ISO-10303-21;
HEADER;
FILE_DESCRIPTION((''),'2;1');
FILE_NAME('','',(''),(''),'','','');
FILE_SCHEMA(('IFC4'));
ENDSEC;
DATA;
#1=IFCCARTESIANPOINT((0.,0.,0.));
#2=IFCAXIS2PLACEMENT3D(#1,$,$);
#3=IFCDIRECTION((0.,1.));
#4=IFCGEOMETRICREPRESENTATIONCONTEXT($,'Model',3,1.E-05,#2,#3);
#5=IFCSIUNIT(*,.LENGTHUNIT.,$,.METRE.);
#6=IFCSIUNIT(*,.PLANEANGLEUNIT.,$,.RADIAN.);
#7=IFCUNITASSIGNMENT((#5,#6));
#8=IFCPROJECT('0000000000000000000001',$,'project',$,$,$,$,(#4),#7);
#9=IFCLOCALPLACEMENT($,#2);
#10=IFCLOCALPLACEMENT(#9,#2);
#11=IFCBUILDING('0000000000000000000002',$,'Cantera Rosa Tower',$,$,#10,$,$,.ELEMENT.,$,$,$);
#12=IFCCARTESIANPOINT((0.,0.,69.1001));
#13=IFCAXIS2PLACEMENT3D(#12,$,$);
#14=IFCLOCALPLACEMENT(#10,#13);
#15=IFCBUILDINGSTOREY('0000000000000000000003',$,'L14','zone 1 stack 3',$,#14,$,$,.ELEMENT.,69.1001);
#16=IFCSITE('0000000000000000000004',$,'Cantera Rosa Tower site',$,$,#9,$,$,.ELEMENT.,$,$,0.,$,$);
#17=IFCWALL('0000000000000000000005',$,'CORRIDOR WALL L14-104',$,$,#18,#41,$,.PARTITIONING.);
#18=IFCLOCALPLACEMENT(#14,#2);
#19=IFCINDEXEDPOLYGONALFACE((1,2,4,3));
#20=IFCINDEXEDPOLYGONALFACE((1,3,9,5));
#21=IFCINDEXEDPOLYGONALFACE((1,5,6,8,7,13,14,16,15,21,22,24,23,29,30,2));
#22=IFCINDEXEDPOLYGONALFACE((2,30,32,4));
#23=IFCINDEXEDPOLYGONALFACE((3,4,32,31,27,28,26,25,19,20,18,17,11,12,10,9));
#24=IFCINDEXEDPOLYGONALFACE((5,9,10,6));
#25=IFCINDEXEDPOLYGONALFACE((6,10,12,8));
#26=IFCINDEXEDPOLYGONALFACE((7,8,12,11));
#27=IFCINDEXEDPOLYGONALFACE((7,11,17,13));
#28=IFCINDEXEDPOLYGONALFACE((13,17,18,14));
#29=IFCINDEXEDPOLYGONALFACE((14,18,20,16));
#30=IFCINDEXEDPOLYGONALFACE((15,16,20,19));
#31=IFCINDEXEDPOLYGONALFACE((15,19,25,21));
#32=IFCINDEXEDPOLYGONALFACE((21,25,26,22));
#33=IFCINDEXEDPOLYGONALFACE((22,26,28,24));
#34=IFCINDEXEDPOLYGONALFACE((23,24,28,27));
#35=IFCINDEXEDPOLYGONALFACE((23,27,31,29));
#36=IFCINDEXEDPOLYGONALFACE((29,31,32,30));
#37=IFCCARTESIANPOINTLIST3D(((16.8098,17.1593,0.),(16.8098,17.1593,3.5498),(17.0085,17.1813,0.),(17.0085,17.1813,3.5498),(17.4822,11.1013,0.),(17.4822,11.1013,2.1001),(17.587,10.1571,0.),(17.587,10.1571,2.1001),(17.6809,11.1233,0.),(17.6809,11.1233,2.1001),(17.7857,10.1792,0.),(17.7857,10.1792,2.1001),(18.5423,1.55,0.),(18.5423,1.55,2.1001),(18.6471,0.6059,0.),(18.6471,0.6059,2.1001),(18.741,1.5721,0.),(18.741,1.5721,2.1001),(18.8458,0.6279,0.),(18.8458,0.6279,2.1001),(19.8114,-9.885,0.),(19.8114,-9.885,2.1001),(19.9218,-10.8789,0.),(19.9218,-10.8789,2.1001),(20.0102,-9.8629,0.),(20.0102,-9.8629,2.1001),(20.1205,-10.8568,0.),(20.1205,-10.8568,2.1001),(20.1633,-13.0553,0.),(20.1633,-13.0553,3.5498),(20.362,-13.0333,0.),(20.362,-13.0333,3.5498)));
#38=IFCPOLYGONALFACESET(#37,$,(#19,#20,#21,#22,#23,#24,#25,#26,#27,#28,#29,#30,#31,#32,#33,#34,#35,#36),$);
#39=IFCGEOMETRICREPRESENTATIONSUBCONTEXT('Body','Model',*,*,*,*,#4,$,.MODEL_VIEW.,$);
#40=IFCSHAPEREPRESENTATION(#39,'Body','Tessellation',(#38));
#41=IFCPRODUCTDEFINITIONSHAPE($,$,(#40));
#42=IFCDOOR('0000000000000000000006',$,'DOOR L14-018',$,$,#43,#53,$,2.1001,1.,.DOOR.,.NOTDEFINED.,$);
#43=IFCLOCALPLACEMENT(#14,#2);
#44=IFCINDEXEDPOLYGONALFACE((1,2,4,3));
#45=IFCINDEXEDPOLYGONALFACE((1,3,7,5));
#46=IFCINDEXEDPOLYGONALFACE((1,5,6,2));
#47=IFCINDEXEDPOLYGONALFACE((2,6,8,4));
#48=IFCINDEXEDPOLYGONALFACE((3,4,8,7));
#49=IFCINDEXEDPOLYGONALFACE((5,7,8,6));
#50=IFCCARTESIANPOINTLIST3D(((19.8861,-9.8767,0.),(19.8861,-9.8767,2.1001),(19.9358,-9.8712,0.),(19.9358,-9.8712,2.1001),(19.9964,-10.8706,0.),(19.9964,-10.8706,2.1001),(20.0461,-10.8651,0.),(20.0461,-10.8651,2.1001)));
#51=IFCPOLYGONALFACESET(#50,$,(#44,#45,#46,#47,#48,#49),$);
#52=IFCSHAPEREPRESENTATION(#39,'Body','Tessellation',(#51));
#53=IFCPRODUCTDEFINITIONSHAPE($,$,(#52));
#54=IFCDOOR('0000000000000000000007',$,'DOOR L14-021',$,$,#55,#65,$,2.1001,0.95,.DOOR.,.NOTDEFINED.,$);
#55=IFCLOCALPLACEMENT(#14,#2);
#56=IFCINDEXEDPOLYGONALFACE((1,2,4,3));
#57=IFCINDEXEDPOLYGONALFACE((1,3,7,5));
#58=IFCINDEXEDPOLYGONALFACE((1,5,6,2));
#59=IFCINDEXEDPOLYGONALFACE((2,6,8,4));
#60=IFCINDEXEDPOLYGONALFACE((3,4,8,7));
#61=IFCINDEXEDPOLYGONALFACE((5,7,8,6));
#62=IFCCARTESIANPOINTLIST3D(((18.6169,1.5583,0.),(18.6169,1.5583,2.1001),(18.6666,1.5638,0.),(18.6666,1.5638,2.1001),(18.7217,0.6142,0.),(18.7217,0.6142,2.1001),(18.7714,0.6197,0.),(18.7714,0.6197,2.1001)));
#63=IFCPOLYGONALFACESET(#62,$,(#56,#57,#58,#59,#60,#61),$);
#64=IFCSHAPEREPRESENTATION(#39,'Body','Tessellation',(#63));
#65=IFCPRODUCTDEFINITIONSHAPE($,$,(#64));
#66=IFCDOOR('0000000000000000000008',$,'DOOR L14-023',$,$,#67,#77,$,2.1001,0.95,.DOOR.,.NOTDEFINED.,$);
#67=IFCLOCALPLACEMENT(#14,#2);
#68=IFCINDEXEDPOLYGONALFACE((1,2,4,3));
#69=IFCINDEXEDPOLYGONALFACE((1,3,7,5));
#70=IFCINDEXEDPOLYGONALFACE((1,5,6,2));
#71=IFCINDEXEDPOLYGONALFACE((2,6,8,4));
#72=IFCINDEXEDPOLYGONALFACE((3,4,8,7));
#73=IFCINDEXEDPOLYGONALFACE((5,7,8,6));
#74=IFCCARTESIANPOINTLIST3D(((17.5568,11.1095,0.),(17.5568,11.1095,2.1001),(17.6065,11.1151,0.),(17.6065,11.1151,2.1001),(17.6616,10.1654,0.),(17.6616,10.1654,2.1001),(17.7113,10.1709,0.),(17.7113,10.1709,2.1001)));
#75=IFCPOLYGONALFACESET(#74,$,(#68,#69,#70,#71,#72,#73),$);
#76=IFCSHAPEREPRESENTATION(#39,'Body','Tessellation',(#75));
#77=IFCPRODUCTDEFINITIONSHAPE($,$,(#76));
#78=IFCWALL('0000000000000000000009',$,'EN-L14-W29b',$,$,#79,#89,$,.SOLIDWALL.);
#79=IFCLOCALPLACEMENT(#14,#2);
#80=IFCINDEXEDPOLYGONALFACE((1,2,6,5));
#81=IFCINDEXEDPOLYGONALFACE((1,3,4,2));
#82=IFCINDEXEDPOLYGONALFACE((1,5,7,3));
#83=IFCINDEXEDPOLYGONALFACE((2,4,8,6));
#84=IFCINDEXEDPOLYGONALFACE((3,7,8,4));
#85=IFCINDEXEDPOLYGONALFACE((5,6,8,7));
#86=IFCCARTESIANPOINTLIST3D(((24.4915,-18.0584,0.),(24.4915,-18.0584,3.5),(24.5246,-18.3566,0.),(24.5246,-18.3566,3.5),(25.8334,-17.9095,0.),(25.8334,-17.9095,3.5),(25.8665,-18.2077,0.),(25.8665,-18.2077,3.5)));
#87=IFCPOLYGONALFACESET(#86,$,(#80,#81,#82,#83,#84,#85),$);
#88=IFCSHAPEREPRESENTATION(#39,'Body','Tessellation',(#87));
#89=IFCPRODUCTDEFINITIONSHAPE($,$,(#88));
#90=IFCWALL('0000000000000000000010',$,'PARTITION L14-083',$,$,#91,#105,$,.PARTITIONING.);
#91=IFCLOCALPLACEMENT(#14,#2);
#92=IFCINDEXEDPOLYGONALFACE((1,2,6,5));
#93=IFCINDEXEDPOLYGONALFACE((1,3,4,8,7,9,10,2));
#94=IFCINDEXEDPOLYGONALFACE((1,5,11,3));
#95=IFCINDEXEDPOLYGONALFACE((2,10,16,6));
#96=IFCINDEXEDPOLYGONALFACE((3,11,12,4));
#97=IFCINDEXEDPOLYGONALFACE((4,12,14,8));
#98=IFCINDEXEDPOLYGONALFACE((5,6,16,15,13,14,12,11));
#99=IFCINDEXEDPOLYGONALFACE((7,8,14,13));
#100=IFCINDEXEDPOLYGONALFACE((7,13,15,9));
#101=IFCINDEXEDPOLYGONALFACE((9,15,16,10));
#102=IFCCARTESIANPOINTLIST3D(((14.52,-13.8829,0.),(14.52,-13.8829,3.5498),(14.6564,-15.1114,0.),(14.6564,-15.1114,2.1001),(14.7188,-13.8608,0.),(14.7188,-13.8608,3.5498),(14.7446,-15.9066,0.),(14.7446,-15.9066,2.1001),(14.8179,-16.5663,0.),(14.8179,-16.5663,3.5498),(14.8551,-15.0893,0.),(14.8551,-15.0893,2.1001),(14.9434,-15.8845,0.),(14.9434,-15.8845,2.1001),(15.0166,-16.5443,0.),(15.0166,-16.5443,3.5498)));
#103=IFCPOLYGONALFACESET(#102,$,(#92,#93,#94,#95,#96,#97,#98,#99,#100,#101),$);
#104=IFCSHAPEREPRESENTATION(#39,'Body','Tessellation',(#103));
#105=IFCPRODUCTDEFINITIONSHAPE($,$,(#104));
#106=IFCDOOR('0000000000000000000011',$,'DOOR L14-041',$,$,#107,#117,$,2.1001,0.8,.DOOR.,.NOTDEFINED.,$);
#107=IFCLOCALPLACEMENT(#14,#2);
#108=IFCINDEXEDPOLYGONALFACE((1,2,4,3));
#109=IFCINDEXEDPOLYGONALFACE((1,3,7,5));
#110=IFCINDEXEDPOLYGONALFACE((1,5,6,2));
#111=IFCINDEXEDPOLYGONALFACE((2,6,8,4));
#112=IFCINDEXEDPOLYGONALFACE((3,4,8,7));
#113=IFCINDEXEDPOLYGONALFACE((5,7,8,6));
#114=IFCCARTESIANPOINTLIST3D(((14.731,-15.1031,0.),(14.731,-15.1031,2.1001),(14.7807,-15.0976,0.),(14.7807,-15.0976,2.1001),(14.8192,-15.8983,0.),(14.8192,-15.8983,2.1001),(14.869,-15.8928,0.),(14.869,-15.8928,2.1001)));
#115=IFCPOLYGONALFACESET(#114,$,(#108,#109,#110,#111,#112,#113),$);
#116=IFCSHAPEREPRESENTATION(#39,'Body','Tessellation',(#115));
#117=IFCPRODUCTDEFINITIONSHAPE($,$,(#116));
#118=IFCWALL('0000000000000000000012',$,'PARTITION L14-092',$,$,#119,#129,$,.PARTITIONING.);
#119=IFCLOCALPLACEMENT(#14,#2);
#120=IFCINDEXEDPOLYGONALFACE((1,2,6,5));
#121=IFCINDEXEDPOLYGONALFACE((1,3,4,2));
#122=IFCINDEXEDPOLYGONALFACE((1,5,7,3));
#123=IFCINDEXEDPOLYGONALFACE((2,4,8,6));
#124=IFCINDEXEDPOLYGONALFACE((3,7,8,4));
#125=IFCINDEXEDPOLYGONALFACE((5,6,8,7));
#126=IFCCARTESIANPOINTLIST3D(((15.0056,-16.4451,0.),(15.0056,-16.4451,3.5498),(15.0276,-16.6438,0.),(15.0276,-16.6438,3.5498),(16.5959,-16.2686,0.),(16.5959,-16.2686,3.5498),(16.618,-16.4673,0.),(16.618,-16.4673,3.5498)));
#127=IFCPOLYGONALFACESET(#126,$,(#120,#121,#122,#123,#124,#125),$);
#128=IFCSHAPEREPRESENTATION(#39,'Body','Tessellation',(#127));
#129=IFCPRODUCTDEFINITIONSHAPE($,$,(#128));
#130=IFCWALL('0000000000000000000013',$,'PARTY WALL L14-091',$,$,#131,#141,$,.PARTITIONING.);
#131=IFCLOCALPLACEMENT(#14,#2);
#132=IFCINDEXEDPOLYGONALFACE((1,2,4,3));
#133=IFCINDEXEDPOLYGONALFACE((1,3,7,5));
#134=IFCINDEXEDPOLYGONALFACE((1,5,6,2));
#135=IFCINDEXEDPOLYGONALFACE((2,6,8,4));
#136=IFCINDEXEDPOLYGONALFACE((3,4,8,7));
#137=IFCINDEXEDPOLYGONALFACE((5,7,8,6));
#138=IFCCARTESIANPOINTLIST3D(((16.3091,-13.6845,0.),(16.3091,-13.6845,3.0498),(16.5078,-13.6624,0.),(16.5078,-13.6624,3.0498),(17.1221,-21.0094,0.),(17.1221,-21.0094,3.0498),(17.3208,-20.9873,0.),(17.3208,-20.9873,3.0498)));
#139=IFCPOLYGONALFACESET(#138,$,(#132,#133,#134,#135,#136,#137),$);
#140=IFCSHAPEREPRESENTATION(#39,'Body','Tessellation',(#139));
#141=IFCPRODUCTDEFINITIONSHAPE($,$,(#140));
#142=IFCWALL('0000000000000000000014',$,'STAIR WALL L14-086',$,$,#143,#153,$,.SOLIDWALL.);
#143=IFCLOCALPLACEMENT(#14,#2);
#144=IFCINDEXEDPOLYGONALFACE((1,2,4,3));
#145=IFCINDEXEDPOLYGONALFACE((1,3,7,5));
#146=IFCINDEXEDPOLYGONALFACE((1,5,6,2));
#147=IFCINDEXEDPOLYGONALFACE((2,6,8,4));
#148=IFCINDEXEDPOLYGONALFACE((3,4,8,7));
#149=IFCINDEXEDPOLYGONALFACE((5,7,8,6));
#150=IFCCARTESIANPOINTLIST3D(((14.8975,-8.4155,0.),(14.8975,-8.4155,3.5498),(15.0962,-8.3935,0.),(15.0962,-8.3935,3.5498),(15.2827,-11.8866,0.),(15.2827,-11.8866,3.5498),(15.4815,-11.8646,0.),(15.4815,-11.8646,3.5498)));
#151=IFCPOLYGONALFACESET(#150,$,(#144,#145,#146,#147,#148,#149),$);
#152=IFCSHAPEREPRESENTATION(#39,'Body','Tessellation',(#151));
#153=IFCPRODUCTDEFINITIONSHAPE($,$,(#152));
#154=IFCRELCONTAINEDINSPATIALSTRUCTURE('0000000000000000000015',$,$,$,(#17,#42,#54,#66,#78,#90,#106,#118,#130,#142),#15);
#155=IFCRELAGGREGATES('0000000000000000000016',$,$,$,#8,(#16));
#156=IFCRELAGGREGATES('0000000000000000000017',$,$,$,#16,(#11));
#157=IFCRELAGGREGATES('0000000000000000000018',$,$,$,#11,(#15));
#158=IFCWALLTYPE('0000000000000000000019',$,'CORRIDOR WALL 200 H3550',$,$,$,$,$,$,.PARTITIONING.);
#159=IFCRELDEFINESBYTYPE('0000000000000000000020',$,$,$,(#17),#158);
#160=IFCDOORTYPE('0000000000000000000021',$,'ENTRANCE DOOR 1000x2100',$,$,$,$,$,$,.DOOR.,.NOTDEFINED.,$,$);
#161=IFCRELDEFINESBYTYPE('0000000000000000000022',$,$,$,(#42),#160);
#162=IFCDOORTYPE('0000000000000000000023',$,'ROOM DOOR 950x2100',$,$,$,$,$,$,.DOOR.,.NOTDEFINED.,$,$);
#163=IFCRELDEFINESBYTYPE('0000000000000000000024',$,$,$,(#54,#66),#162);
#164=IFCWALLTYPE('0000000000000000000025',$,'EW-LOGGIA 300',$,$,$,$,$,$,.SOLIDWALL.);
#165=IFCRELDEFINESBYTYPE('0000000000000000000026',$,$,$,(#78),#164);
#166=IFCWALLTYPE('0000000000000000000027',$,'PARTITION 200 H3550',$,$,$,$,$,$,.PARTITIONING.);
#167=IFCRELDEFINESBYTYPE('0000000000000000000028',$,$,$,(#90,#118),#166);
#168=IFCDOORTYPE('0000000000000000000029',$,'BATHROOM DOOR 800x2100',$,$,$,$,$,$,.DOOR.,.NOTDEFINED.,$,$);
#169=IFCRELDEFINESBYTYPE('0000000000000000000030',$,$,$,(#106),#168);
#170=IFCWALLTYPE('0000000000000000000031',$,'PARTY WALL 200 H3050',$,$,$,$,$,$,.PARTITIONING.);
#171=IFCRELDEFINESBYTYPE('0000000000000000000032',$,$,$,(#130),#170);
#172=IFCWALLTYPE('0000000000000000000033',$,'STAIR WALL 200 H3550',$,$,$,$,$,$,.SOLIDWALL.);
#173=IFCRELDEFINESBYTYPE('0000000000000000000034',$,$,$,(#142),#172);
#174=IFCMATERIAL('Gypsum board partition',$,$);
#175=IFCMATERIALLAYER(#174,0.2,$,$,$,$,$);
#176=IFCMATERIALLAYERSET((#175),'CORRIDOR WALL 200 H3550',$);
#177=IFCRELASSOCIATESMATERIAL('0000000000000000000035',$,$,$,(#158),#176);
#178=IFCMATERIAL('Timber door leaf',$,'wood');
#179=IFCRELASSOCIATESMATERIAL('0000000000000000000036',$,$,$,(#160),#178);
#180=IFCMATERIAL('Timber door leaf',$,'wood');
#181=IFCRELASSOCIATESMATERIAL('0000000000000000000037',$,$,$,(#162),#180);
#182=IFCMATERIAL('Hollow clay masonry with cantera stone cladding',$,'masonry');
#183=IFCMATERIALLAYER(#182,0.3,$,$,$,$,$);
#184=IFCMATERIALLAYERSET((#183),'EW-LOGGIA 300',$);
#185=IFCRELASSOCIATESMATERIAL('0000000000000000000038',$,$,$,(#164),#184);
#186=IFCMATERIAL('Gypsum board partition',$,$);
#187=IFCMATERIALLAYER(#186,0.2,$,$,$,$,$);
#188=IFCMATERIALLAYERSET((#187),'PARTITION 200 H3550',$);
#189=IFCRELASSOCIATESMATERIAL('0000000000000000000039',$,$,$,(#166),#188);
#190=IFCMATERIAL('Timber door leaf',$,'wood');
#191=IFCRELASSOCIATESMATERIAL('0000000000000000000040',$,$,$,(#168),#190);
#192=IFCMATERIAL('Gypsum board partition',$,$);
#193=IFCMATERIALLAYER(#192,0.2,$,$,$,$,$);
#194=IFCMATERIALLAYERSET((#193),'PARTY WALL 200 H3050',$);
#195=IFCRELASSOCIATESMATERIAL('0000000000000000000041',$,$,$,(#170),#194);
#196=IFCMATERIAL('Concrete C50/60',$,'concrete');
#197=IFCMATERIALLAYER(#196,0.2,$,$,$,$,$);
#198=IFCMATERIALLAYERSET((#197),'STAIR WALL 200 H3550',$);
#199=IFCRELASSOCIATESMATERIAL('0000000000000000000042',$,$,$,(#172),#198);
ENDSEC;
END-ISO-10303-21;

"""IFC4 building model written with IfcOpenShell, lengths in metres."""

from ifc_helpers import new_model, si_unit, direction, frame, frame_2d, origin, place, context, subcontext, project, spatial, rectangle, extrude, material, layer, layer_set, type_object, element, fill, save


model = new_model("IFC4")

# Units and contexts
model_context = context("Model", 3, precision=1e-05, world=origin(), true_north=direction((0.0, 1.0)))
body_context = subcontext(model_context, "Body", "Model", "MODEL_VIEW")
ifc_project = project(units=[si_unit("LENGTHUNIT", "METRE"), si_unit("PLANEANGLEUNIT", "RADIAN")], contexts=[model_context])

# Site, building, storey
site_placement = place(None, origin())
site = spatial("IfcSite", under=ifc_project, at=site_placement, Name="Cantera Rosa Tower site", CompositionType="ELEMENT", RefElevation=0.0)
building_placement = place(site_placement, origin())
building = spatial("IfcBuilding", under=site, at=building_placement, Name="Cantera Rosa Tower", CompositionType="ELEMENT")
storey_placement = place(building_placement, frame((0.0, 0.0, 69.1001)))
storey = spatial("IfcBuildingStorey", under=building, at=storey_placement, Name="L14", Description="zone 1 stack 3", CompositionType="ELEMENT", Elevation=69.1001)

# Shared definitions
ifc_material_1 = material(Name="Gypsum board partition")
ifc_layer_1 = layer(ifc_material_1, 0.2)
ifc_layer_set_1 = layer_set([ifc_layer_1], Name="CORRIDOR WALL 200 H3550")
wall_type_1 = type_object("IfcWallType", Name="CORRIDOR WALL 200 H3550", PredefinedType="PARTITIONING", material=ifc_layer_set_1)

# Wall, openings, doors
wall_1_placement = place(storey_placement, frame((20.2627, -13.0444, 0.0), z_axis=(0.0, 0.0, 1.0), x_axis=(-0.110313, 0.993897, 0.0)))
wall_1 = element("IfcWall", 1, at=wall_1_placement, inside=storey, type_object=wall_type_1, Name="CORRIDOR WALL L14-104", PredefinedType="PARTITIONING", context=body_context, shape_type="SweptSolid", body=[
    extrude(rectangle(XDim=30.4001, YDim=0.2, at=frame_2d((15.2002, 0.0))), origin(), (0.0, 0.0, 1.0), 3.5498),
])
opening_1_placement = place(wall_1_placement, frame((2.1899, 0.0, 0.0)))
opening_1 = element("IfcOpeningElement", 2, at=opening_1_placement, cuts=wall_1, PredefinedType="OPENING", context=body_context, shape_type="SweptSolid", body=[
    extrude(rectangle(XDim=1.0, YDim=2.1001, at=frame_2d((0.5, 1.05))), frame((0.0, 0.1099, 0.0), z_axis=(0.0, -1.0, 0.0), x_axis=(1.0, 0.0, 0.0)), (0.0, 0.0, 1.0), 0.22),
])
opening_2_placement = place(wall_1_placement, frame((13.7451, 0.0, 0.0)))
opening_2 = element("IfcOpeningElement", 3, at=opening_2_placement, cuts=wall_1, PredefinedType="OPENING", context=body_context, shape_type="SweptSolid", body=[
    extrude(rectangle(XDim=0.95, YDim=2.1001, at=frame_2d((0.4751, 1.05))), frame((0.0, 0.1099, 0.0), z_axis=(0.0, -1.0, 0.0), x_axis=(1.0, 0.0, 0.0)), (0.0, 0.0, 1.0), 0.22),
])
opening_3_placement = place(wall_1_placement, frame((23.355, 0.0, 0.0)))
opening_3 = element("IfcOpeningElement", 4, at=opening_3_placement, cuts=wall_1, PredefinedType="OPENING", context=body_context, shape_type="SweptSolid", body=[
    extrude(rectangle(XDim=0.95, YDim=2.1001, at=frame_2d((0.4751, 1.05))), frame((0.0, 0.1099, 0.0), z_axis=(0.0, -1.0, 0.0), x_axis=(1.0, 0.0, 0.0)), (0.0, 0.0, 1.0), 0.22),
])
ifc_material_2 = material(Name="Timber door leaf", Category="wood")
door_type_1 = type_object("IfcDoorType", Name="ENTRANCE DOOR 1000x2100", OperationType="NOTDEFINED", PredefinedType="DOOR", material=ifc_material_2)
door_1_placement = place(opening_1_placement, origin())
door_1 = element("IfcDoor", 5, at=door_1_placement, inside=storey, type_object=door_type_1, Name="DOOR L14-018", OperationType="NOTDEFINED", OverallHeight=2.1001, OverallWidth=1.0, PredefinedType="DOOR", context=body_context, shape_type="SweptSolid", body=[
    extrude(rectangle(XDim=1.0, YDim=2.1001, at=frame_2d((0.5, 1.05))), frame((0.0, 0.0249, 0.0), z_axis=(0.0, -1.0, 0.0), x_axis=(1.0, 0.0, 0.0)), (0.0, 0.0, 1.0), 0.05),
])
fill(opening_1, door_1)
ifc_material_3 = material(Name="Timber door leaf", Category="wood")
door_type_2 = type_object("IfcDoorType", Name="ROOM DOOR 950x2100", OperationType="NOTDEFINED", PredefinedType="DOOR", material=ifc_material_3)
door_2_placement = place(opening_2_placement, origin())
door_2 = element("IfcDoor", 6, at=door_2_placement, inside=storey, type_object=door_type_2, Name="DOOR L14-021", OperationType="NOTDEFINED", OverallHeight=2.1001, OverallWidth=0.95, PredefinedType="DOOR", context=body_context, shape_type="SweptSolid", body=[
    extrude(rectangle(XDim=0.95, YDim=2.1001, at=frame_2d((0.4751, 1.05))), frame((0.0, 0.0249, 0.0), z_axis=(0.0, -1.0, 0.0), x_axis=(1.0, 0.0, 0.0)), (0.0, 0.0, 1.0), 0.05),
])
fill(opening_2, door_2)
door_3_placement = place(opening_3_placement, origin())
door_3 = element("IfcDoor", 7, at=door_3_placement, inside=storey, type_object=door_type_2, Name="DOOR L14-023", OperationType="NOTDEFINED", OverallHeight=2.1001, OverallWidth=0.95, PredefinedType="DOOR", context=body_context, shape_type="SweptSolid", body=[
    extrude(rectangle(XDim=0.95, YDim=2.1001, at=frame_2d((0.4751, 1.05))), frame((0.0, 0.0249, 0.0), z_axis=(0.0, -1.0, 0.0), x_axis=(1.0, 0.0, 0.0)), (0.0, 0.0, 1.0), 0.05),
])
fill(opening_3, door_3)

# Wall
ifc_material_4 = material(Name="Hollow clay masonry with cantera stone cladding", Category="masonry")
ifc_layer_2 = layer(ifc_material_4, 0.3)
ifc_layer_set_2 = layer_set([ifc_layer_2], Name="EW-LOGGIA 300")
wall_type_2 = type_object("IfcWallType", Name="EW-LOGGIA 300", PredefinedType="SOLIDWALL", material=ifc_layer_set_2)
wall_2_placement = place(storey_placement, frame((24.5081, -18.2075, 0.0), z_axis=(0.0, 0.0, 1.0), x_axis=(0.993897, 0.110312, 0.0)))
element("IfcWall", 8, at=wall_2_placement, inside=storey, type_object=wall_type_2, Name="EN-L14-W29b", PredefinedType="SOLIDWALL", context=body_context, shape_type="SweptSolid", body=[
    extrude(rectangle(XDim=1.3501, YDim=0.3, at=frame_2d((0.675, 0.0))), origin(), (0.0, 0.0, 1.0), 3.5),
])

# Wall, opening, door
ifc_material_5 = material(Name="Gypsum board partition")
ifc_layer_3 = layer(ifc_material_5, 0.2)
ifc_layer_set_3 = layer_set([ifc_layer_3], Name="PARTITION 200 H3550")
wall_type_3 = type_object("IfcWallType", Name="PARTITION 200 H3550", PredefinedType="PARTITIONING", material=ifc_layer_set_3)
wall_3_placement = place(storey_placement, frame((14.9172, -16.5554, 0.0), z_axis=(0.0, 0.0, 1.0), x_axis=(-0.110312, 0.993897, 0.0)))
wall_3 = element("IfcWall", 9, at=wall_3_placement, inside=storey, type_object=wall_type_3, Name="PARTITION L14-083", PredefinedType="PARTITIONING", context=body_context, shape_type="SweptSolid", body=[
    extrude(rectangle(XDim=2.7, YDim=0.2, at=frame_2d((1.3501, 0.0))), origin(), (0.0, 0.0, 1.0), 3.5498),
])
opening_4_placement = place(wall_3_placement, frame((0.6641, 0.0, 0.0)))
opening_4 = element("IfcOpeningElement", 10, at=opening_4_placement, cuts=wall_3, PredefinedType="OPENING", context=body_context, shape_type="SweptSolid", body=[
    extrude(rectangle(XDim=0.8, YDim=2.1001, at=frame_2d((0.3999, 1.05))), frame((0.0, 0.1099, 0.0), z_axis=(0.0, -1.0, 0.0), x_axis=(1.0, 0.0, 0.0)), (0.0, 0.0, 1.0), 0.22),
])
ifc_material_6 = material(Name="Timber door leaf", Category="wood")
door_type_3 = type_object("IfcDoorType", Name="BATHROOM DOOR 800x2100", OperationType="NOTDEFINED", PredefinedType="DOOR", material=ifc_material_6)
door_4_placement = place(opening_4_placement, origin())
door_4 = element("IfcDoor", 11, at=door_4_placement, inside=storey, type_object=door_type_3, Name="DOOR L14-041", OperationType="NOTDEFINED", OverallHeight=2.1001, OverallWidth=0.8, PredefinedType="DOOR", context=body_context, shape_type="SweptSolid", body=[
    extrude(rectangle(XDim=0.8, YDim=2.1001, at=frame_2d((0.3999, 1.05))), frame((0.0, 0.0249, 0.0), z_axis=(0.0, -1.0, 0.0), x_axis=(1.0, 0.0, 0.0)), (0.0, 0.0, 1.0), 0.05),
])
fill(opening_4, door_4)

# Walls
wall_4_placement = place(storey_placement, frame((16.6069, -16.3679, 0.0), z_axis=(0.0, 0.0, 1.0), x_axis=(-0.993897, -0.110314, 0.0)))
element("IfcWall", 12, at=wall_4_placement, inside=storey, type_object=wall_type_3, Name="PARTITION L14-092", PredefinedType="PARTITIONING", context=body_context, shape_type="SweptSolid", body=[
    extrude(rectangle(XDim=1.6001, YDim=0.2, at=frame_2d((0.8, 0.0))), origin(), (0.0, 0.0, 1.0), 3.5498),
])
ifc_material_7 = material(Name="Gypsum board partition")
ifc_layer_4 = layer(ifc_material_7, 0.2)
ifc_layer_set_4 = layer_set([ifc_layer_4], Name="PARTY WALL 200 H3050")
wall_type_4 = type_object("IfcWallType", Name="PARTY WALL 200 H3050", PredefinedType="PARTITIONING", material=ifc_layer_set_4)
wall_5_placement = place(storey_placement, frame((16.4084, -13.6733, 0.0), z_axis=(0.0, 0.0, 1.0), x_axis=(0.110312, -0.993897, 0.0)))
element("IfcWall", 13, at=wall_5_placement, inside=storey, type_object=wall_type_4, Name="PARTY WALL L14-091", PredefinedType="PARTITIONING", context=body_context, shape_type="SweptSolid", body=[
    extrude(rectangle(XDim=7.3699, YDim=0.2, at=frame_2d((3.6851, 0.0))), origin(), (0.0, 0.0, 1.0), 3.0498),
])
ifc_material_8 = material(Name="Concrete C50/60", Category="concrete")
ifc_layer_5 = layer(ifc_material_8, 0.2)
ifc_layer_set_5 = layer_set([ifc_layer_5], Name="STAIR WALL 200 H3550")
wall_type_5 = type_object("IfcWallType", Name="STAIR WALL 200 H3550", PredefinedType="SOLIDWALL", material=ifc_layer_set_5)
wall_6_placement = place(storey_placement, frame((15.3821, -11.8755, 0.0), z_axis=(0.0, 0.0, 1.0), x_axis=(-0.110309, 0.993897, 0.0)))
element("IfcWall", 14, at=wall_6_placement, inside=storey, type_object=wall_type_5, Name="STAIR WALL L14-086", PredefinedType="SOLIDWALL", context=body_context, shape_type="SweptSolid", body=[
    extrude(rectangle(XDim=3.4924, YDim=0.2, at=frame_2d((1.7461, 0.0))), origin(), (0.0, 0.0, 1.0), 3.5498),
])

save(model, "model.ifc")
